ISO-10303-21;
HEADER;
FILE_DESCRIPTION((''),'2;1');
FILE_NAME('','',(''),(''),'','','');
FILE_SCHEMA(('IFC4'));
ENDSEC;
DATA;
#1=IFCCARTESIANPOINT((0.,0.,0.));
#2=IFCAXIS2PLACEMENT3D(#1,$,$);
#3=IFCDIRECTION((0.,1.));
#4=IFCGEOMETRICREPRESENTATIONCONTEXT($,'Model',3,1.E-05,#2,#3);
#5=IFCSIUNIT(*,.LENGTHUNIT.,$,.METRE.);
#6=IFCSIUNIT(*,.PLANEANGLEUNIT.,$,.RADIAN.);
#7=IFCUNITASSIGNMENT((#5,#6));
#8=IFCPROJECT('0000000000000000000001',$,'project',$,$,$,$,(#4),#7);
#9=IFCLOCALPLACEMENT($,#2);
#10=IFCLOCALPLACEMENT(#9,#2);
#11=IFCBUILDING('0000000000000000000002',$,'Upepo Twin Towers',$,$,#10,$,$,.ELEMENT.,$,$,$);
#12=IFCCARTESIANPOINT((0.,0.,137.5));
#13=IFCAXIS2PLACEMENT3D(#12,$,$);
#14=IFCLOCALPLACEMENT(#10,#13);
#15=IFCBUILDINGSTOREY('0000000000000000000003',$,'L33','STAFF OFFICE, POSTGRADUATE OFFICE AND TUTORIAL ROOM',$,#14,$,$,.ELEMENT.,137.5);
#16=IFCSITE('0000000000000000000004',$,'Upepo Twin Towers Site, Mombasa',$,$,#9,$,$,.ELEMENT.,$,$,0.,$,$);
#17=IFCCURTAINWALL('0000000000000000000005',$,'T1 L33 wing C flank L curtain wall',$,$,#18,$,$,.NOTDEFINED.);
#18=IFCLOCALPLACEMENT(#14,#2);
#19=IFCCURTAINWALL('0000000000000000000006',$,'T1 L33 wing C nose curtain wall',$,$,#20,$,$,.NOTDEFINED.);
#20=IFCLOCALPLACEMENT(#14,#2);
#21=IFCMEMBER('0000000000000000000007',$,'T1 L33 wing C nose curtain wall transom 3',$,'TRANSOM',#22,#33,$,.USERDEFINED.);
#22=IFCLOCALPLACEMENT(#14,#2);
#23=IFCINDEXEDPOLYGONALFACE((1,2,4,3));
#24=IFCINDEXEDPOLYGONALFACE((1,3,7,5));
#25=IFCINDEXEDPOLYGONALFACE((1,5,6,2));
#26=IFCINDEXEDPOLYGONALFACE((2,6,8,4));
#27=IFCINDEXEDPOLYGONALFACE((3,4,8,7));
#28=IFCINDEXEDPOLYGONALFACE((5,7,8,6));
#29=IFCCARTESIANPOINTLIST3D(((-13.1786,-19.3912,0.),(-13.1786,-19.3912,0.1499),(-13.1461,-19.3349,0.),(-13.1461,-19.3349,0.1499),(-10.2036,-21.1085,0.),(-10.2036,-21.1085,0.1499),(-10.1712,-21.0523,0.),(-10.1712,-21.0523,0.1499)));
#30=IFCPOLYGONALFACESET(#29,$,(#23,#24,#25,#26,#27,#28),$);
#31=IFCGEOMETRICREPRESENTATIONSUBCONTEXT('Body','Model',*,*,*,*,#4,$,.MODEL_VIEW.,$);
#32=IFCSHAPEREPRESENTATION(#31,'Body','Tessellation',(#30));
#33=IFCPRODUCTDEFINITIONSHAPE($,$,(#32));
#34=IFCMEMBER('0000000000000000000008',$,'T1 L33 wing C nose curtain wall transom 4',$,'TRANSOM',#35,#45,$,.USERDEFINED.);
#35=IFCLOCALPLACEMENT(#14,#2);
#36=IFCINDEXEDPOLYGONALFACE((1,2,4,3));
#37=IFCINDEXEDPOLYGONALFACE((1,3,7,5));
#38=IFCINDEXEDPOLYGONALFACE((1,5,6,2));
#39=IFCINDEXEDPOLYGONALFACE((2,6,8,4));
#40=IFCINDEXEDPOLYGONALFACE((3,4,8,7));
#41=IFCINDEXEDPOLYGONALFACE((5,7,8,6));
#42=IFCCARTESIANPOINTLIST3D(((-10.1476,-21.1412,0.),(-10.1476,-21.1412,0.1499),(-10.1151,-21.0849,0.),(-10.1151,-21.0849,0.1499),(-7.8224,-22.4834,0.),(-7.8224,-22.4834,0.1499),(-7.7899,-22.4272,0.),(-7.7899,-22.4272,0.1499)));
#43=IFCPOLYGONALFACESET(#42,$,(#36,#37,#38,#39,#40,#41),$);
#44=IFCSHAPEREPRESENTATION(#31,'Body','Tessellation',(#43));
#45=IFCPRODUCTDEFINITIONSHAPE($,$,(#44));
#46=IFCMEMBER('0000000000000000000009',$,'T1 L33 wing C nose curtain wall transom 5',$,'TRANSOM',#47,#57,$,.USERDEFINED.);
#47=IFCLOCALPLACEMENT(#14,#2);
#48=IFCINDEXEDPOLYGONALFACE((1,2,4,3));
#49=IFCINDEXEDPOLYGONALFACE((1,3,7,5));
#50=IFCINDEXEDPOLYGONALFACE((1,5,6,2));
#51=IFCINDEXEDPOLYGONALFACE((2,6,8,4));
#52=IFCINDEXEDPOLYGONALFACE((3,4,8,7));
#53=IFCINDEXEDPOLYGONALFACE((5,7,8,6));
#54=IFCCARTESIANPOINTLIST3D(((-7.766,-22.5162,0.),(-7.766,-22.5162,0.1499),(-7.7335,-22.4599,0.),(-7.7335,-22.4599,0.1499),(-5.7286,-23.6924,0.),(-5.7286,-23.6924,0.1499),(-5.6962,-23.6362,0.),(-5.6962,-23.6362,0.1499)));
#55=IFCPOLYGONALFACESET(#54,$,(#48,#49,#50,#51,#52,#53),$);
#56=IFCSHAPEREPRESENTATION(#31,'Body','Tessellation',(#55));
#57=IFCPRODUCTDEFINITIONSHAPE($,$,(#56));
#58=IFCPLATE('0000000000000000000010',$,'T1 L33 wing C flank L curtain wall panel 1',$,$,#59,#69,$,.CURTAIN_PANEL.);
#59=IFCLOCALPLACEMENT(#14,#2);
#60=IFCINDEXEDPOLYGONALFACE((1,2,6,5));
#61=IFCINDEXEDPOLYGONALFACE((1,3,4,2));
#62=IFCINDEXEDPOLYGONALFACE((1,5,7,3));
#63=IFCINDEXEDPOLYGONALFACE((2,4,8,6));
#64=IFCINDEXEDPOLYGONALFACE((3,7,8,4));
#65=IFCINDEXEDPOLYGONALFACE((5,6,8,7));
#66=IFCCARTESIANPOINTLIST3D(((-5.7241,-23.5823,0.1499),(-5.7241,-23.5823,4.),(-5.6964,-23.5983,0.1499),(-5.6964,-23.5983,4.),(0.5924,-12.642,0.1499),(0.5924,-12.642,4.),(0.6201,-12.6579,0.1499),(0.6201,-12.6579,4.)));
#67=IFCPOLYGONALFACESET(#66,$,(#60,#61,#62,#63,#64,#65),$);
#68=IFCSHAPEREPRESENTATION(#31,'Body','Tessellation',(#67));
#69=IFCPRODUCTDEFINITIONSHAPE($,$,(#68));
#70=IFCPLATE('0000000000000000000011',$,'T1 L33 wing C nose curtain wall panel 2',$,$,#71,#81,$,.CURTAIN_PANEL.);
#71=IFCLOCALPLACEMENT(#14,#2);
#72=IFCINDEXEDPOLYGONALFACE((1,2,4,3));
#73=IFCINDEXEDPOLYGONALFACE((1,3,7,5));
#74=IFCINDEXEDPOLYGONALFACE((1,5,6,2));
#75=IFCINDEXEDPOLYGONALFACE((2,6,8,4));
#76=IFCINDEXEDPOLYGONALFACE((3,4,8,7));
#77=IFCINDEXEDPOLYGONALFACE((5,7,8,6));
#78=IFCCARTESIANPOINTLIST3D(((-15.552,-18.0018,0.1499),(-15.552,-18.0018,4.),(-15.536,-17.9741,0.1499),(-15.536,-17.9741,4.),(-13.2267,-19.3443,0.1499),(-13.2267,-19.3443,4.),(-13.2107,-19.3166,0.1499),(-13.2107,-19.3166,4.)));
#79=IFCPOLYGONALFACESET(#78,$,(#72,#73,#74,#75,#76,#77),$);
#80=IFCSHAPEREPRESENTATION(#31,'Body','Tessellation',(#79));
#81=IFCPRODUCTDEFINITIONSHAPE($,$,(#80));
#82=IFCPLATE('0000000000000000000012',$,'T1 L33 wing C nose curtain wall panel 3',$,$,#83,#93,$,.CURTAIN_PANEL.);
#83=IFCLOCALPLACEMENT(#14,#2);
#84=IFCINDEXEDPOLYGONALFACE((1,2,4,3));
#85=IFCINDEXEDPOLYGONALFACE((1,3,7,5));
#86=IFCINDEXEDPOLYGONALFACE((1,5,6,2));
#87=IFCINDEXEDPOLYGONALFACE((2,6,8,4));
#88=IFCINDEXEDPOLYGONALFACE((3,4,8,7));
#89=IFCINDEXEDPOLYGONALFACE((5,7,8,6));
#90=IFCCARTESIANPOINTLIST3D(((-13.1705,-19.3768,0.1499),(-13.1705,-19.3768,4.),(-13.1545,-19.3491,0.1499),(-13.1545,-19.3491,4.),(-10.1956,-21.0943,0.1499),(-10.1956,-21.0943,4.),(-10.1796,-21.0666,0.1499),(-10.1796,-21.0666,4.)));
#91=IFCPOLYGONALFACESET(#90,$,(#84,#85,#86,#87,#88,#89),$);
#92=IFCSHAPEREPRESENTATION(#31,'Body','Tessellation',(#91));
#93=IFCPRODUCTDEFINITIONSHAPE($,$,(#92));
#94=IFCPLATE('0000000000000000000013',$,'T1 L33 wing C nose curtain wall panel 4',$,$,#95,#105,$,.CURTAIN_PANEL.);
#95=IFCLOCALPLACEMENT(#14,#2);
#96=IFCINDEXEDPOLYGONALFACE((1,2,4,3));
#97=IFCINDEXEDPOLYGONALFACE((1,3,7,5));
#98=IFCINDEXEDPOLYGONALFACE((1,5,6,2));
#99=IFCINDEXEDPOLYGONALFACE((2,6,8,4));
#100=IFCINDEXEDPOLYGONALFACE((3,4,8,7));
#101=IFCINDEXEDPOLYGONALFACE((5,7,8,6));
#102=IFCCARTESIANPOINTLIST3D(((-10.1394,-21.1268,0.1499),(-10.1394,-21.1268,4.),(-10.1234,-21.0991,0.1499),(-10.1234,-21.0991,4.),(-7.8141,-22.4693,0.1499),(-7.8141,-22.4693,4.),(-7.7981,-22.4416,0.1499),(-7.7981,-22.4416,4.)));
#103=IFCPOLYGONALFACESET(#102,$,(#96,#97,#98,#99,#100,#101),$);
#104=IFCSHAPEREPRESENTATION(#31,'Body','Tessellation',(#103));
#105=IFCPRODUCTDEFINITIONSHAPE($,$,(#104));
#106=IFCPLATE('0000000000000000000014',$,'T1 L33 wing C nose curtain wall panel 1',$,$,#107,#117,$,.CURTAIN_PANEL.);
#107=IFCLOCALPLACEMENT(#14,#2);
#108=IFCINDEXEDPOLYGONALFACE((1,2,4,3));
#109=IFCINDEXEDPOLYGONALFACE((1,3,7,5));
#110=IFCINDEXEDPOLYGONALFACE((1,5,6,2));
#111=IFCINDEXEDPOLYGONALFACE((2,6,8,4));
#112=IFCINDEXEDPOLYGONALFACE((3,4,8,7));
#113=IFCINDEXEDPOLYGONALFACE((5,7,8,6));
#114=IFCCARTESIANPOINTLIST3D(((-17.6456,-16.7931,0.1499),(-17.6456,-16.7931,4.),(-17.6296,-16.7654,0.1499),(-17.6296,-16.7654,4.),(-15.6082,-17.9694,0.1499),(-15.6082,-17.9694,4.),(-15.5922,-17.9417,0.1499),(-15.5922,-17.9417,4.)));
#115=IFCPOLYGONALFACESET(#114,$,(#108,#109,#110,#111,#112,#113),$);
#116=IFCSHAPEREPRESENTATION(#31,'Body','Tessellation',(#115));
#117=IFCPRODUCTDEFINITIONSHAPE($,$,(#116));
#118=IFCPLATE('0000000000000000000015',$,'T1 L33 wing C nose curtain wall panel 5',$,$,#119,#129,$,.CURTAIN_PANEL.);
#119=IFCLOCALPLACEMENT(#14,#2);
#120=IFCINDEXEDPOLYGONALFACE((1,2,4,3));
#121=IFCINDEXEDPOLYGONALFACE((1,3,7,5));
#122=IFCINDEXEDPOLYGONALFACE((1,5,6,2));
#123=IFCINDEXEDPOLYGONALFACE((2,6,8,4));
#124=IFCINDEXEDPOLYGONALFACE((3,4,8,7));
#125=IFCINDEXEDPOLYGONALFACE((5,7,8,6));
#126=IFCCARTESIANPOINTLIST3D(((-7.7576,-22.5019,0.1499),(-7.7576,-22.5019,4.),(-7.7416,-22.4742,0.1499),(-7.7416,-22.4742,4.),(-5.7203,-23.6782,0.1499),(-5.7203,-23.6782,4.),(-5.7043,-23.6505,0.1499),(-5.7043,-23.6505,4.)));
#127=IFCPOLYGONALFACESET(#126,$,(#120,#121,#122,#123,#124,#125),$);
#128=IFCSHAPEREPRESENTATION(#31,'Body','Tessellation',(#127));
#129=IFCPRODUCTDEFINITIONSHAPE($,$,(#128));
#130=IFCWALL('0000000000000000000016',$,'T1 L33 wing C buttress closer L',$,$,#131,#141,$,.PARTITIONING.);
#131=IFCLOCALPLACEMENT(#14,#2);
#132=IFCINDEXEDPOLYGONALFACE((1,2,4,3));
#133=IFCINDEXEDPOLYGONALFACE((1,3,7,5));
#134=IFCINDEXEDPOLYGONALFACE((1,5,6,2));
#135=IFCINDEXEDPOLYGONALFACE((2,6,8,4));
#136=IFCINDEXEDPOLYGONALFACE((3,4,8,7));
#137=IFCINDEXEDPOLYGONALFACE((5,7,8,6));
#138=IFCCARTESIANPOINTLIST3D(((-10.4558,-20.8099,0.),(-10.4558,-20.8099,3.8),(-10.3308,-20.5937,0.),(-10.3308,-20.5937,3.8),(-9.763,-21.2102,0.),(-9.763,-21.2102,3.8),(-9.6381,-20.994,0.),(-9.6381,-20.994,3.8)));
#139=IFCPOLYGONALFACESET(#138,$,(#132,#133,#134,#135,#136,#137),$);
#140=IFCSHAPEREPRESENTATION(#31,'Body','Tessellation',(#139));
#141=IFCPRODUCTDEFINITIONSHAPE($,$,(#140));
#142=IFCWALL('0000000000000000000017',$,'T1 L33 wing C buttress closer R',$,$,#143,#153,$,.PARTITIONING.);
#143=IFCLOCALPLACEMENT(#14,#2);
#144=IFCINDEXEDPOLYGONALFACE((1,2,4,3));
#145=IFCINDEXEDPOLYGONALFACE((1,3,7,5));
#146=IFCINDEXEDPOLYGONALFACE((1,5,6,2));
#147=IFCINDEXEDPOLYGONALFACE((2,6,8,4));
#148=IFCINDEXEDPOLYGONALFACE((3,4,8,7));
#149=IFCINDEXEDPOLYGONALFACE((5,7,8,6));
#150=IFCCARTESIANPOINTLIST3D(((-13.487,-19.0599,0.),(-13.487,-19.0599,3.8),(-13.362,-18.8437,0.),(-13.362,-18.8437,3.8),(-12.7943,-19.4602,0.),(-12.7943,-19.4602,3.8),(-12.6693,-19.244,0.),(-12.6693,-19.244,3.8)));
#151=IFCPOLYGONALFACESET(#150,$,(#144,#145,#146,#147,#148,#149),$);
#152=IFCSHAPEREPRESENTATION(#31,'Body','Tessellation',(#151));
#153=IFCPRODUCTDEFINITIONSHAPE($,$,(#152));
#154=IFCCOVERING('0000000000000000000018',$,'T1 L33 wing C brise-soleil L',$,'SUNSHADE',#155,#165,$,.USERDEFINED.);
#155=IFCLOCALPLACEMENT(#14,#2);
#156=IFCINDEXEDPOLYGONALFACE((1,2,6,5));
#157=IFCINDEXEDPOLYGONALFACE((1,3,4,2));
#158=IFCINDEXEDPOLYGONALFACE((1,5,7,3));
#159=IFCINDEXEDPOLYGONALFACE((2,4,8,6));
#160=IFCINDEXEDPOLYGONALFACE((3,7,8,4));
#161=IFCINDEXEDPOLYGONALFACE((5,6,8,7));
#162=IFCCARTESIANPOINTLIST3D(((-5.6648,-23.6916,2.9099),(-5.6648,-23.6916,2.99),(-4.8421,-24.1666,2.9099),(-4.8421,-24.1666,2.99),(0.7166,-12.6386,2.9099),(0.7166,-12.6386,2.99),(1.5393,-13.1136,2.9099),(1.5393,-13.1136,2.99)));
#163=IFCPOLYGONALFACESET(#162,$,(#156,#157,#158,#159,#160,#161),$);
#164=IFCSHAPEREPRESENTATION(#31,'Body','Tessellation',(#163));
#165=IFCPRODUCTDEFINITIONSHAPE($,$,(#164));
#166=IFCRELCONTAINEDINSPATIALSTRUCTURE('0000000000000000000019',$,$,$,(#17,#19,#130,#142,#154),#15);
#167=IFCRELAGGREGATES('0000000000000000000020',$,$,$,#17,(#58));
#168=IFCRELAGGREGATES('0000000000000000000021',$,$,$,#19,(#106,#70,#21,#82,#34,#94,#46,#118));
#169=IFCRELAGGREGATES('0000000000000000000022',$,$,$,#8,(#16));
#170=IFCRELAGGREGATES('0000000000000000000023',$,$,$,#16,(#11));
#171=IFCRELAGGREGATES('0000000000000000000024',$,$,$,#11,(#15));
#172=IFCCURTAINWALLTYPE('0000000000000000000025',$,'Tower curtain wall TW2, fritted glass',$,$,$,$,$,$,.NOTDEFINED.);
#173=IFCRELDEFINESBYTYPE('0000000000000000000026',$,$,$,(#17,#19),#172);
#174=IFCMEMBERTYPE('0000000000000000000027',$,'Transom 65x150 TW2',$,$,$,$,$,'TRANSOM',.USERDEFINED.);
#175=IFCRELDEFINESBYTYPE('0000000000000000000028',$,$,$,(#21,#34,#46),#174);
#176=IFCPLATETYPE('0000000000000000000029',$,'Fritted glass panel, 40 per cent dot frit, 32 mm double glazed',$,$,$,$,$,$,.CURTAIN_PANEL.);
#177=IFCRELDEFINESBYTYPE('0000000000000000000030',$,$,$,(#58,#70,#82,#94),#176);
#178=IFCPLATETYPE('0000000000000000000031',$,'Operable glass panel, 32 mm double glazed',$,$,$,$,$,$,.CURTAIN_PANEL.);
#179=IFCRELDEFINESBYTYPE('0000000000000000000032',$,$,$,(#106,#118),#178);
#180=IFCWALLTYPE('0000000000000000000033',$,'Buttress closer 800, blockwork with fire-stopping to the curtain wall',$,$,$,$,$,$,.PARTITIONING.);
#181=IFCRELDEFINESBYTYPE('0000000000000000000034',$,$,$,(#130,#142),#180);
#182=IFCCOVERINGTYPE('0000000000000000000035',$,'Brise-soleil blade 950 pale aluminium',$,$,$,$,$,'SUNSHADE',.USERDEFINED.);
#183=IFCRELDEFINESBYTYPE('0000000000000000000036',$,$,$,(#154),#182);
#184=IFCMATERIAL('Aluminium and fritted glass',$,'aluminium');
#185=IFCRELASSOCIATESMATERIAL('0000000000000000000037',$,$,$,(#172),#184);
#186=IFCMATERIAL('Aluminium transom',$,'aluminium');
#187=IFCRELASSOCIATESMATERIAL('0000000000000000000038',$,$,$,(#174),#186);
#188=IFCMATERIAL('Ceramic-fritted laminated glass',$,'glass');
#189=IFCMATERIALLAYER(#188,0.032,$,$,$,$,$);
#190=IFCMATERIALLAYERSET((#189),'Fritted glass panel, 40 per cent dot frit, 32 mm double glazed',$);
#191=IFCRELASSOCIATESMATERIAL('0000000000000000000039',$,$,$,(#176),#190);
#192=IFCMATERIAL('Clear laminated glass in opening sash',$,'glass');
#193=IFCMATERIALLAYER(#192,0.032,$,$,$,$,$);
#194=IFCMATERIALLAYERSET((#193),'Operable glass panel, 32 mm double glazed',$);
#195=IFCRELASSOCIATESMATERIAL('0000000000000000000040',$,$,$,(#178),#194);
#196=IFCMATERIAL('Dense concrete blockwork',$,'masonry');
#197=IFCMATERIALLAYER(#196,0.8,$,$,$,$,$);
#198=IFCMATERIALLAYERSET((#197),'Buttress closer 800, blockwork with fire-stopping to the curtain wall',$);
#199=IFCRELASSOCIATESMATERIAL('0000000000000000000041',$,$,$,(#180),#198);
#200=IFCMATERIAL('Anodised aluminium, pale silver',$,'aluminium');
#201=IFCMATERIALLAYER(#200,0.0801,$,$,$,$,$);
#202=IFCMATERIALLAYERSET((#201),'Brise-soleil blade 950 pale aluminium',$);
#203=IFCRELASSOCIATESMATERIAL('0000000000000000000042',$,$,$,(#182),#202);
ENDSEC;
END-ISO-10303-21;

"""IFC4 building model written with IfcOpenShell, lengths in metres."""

from ifc_helpers import new_model, si_unit, direction, frame, frame_2d, origin, origin_2d, place, context, subcontext, project, spatial, rectangle, extrude, material, layer, layer_set, material_profile, profile_set, type_object, element, aggregate, save


model = new_model("IFC4")

# Units and contexts
model_context = context("Model", 3, precision=1e-05, world=origin(), true_north=direction((0.0, 1.0)))
body_context = subcontext(model_context, "Body", "Model", "MODEL_VIEW")
ifc_project = project(units=[si_unit("LENGTHUNIT", "METRE"), si_unit("PLANEANGLEUNIT", "RADIAN")], contexts=[model_context])

# Site, building, storey
site_placement = place(None, origin())
site = spatial("IfcSite", under=ifc_project, at=site_placement, Name="Upepo Twin Towers Site, Mombasa", CompositionType="ELEMENT", RefElevation=0.0)
building_placement = place(site_placement, origin())
building = spatial("IfcBuilding", under=site, at=building_placement, Name="Upepo Twin Towers", CompositionType="ELEMENT")
storey_placement = place(building_placement, frame((0.0, 0.0, 137.5)))
storey = spatial("IfcBuildingStorey", under=building, at=storey_placement, Name="L33", Description="STAFF OFFICE, POSTGRADUATE OFFICE AND TUTORIAL ROOM", CompositionType="ELEMENT", Elevation=137.5)

# Curtain wall
ifc_material_1 = material(Name="Aluminium and fritted glass", Category="aluminium")
curtain_wall_type = type_object("IfcCurtainWallType", Name="Tower curtain wall TW2, fritted glass", PredefinedType="NOTDEFINED", material=ifc_material_1)
curtain_wall_1_placement = place(storey_placement, origin())
curtain_wall_1 = element("IfcCurtainWall", 1, at=curtain_wall_1_placement, inside=storey, type_object=curtain_wall_type, Name="T1 L33 wing C flank L curtain wall", PredefinedType="NOTDEFINED")

# Curtain wall
curtain_wall_2_placement = place(storey_placement, origin())
curtain_wall_2 = element("IfcCurtainWall", 2, at=curtain_wall_2_placement, inside=storey, type_object=curtain_wall_type, Name="T1 L33 wing C nose curtain wall", PredefinedType="NOTDEFINED")

# Members
ifc_material_2 = material(Name="Aluminium transom", Category="aluminium")
ifc_material_profile_1 = material_profile(ifc_material_2, rectangle(XDim=0.0649, YDim=0.1499, at=origin_2d()), Name="TRANSOM 65x150")
ifc_profile_set_1 = profile_set([ifc_material_profile_1], Name="Aluminium transom")
member_type_1 = type_object("IfcMemberType", Name="Transom 65x150 TW2", ElementType="TRANSOM", PredefinedType="USERDEFINED", material=ifc_profile_set_1)
member_1_placement = place(storey_placement, frame((-13.1624, -19.363, 0.075), z_axis=(0.866057, -0.499946, 0.0), x_axis=(0.499946, 0.866057, 0.0)))
member_1 = element("IfcMember", 3, at=member_1_placement, type_object=member_type_1, Name="T1 L33 wing C nose curtain wall transom 3", ObjectType="TRANSOM", PredefinedType="USERDEFINED", context=body_context, shape_type="SweptSolid", body=[
    extrude(rectangle(XDim=0.0649, YDim=0.1499, at=origin_2d()), origin(), (0.0, 0.0, 1.0), 3.4351),
])
member_2_placement = place(storey_placement, frame((-10.1313, -21.113, 0.075), z_axis=(0.866052, -0.499953, 0.0), x_axis=(0.499953, 0.866052, 0.0)))
member_2 = element("IfcMember", 4, at=member_2_placement, type_object=member_type_1, Name="T1 L33 wing C nose curtain wall transom 4", ObjectType="TRANSOM", PredefinedType="USERDEFINED", context=body_context, shape_type="SweptSolid", body=[
    extrude(rectangle(XDim=0.0649, YDim=0.1499, at=origin_2d()), origin(), (0.0, 0.0, 1.0), 2.6848),
])
member_3_placement = place(storey_placement, frame((-7.7498, -22.488, 0.075), z_axis=(0.866025, -0.500001, 0.0), x_axis=(0.500001, 0.866025, 0.0)))
member_3 = element("IfcMember", 5, at=member_3_placement, type_object=member_type_1, Name="T1 L33 wing C nose curtain wall transom 5", ObjectType="TRANSOM", PredefinedType="USERDEFINED", context=body_context, shape_type="SweptSolid", body=[
    extrude(rectangle(XDim=0.0649, YDim=0.1499, at=origin_2d()), origin(), (0.0, 0.0, 1.0), 2.3525),
])

# Plates
ifc_material_3 = material(Name="Ceramic-fritted laminated glass", Category="glass")
ifc_layer_1 = layer(ifc_material_3, 0.032)
ifc_layer_set_1 = layer_set([ifc_layer_1], Name="Fritted glass panel, 40 per cent dot frit, 32 mm double glazed")
plate_type_1 = type_object("IfcPlateType", Name="Fritted glass panel, 40 per cent dot frit, 32 mm double glazed", PredefinedType="CURTAIN_PANEL", material=ifc_layer_set_1)
plate_1_placement = place(storey_placement, frame((-2.552, -18.1201, 0.1499), z_axis=(0.0, 0.0, 1.0), x_axis=(-0.5, -0.866025, 0.0)))
plate_1 = element("IfcPlate", 6, at=plate_1_placement, type_object=plate_type_1, Name="T1 L33 wing C flank L curtain wall panel 1", PredefinedType="CURTAIN_PANEL", context=body_context, shape_type="SweptSolid", body=[
    extrude(rectangle(XDim=12.6328, YDim=0.032, at=origin_2d()), origin(), (0.0, 0.0, 1.0), 3.8501),
])
aggregate(curtain_wall_1, [plate_1])
plate_2_placement = place(storey_placement, frame((-14.3813, -18.6592, 0.1499), z_axis=(0.0, 0.0, 1.0), x_axis=(0.866025, -0.5, 0.0)))
plate_2 = element("IfcPlate", 7, at=plate_2_placement, type_object=plate_type_1, Name="T1 L33 wing C nose curtain wall panel 2", PredefinedType="CURTAIN_PANEL", context=body_context, shape_type="SweptSolid", body=[
    extrude(rectangle(XDim=2.6851, YDim=0.032, at=origin_2d()), origin(), (0.0, 0.0, 1.0), 3.8501),
])
plate_3_placement = place(storey_placement, frame((-11.675, -20.2217, 0.1499), z_axis=(0.0, 0.0, 1.0), x_axis=(0.866025, -0.5, 0.0)))
plate_3 = element("IfcPlate", 8, at=plate_3_placement, type_object=plate_type_1, Name="T1 L33 wing C nose curtain wall panel 3", PredefinedType="CURTAIN_PANEL", context=body_context, shape_type="SweptSolid", body=[
    extrude(rectangle(XDim=3.4351, YDim=0.032, at=origin_2d()), origin(), (0.0, 0.0, 1.0), 3.8501),
])
plate_4_placement = place(storey_placement, frame((-8.9688, -21.7842, 0.1499), z_axis=(0.0, 0.0, 1.0), x_axis=(0.866025, -0.5, 0.0)))
plate_4 = element("IfcPlate", 9, at=plate_4_placement, type_object=plate_type_1, Name="T1 L33 wing C nose curtain wall panel 4", PredefinedType="CURTAIN_PANEL", context=body_context, shape_type="SweptSolid", body=[
    extrude(rectangle(XDim=2.6851, YDim=0.032, at=origin_2d()), origin(), (0.0, 0.0, 1.0), 3.8501),
])
ifc_material_4 = material(Name="Clear laminated glass in opening sash", Category="glass")
ifc_layer_2 = layer(ifc_material_4, 0.032)
ifc_layer_set_2 = layer_set([ifc_layer_2], Name="Operable glass panel, 32 mm double glazed")
plate_type_2 = type_object("IfcPlateType", Name="Operable glass panel, 32 mm double glazed", PredefinedType="CURTAIN_PANEL", material=ifc_layer_set_2)
plate_5_placement = place(storey_placement, frame((-16.6189, -17.3674, 0.1499), z_axis=(0.0, 0.0, 1.0), x_axis=(0.866025, -0.5, 0.0)))
plate_5 = element("IfcPlate", 10, at=plate_5_placement, type_object=plate_type_2, Name="T1 L33 wing C nose curtain wall panel 1", PredefinedType="CURTAIN_PANEL", context=body_context, shape_type="SweptSolid", body=[
    extrude(rectangle(XDim=2.3525, YDim=0.032, at=origin_2d()), origin(), (0.0, 0.0, 1.0), 3.8501),
])
plate_6_placement = place(storey_placement, frame((-6.731, -23.0762, 0.1499), z_axis=(0.0, 0.0, 1.0), x_axis=(0.866025, -0.5, 0.0)))
plate_6 = element("IfcPlate", 11, at=plate_6_placement, type_object=plate_type_2, Name="T1 L33 wing C nose curtain wall panel 5", PredefinedType="CURTAIN_PANEL", context=body_context, shape_type="SweptSolid", body=[
    extrude(rectangle(XDim=2.3525, YDim=0.032, at=origin_2d()), origin(), (0.0, 0.0, 1.0), 3.8501),
])
aggregate(curtain_wall_2, [plate_5, plate_2, member_1, plate_3, member_2, plate_4, member_3, plate_6])

# Walls
ifc_material_5 = material(Name="Dense concrete blockwork", Category="masonry")
ifc_layer_3 = layer(ifc_material_5, 0.8)
ifc_layer_set_3 = layer_set([ifc_layer_3], Name="Buttress closer 800, blockwork with fire-stopping to the curtain wall")
wall_type = type_object("IfcWallType", Name="Buttress closer 800, blockwork with fire-stopping to the curtain wall", PredefinedType="PARTITIONING", material=ifc_layer_set_3)
for number, where, z_axis, x_axis, name in (
    (12, (-9.9844, -20.7937, 0.0), (0.0, 0.0, 1.0), (-0.500343, -0.865827, 0.0), "T1 L33 wing C buttress closer L"),
    (13, (-13.0156, -19.0437, 0.0), (0.0, 0.0, 1.0), (-0.500343, -0.865827, 0.0), "T1 L33 wing C buttress closer R"),
):
    element("IfcWall", number, at=place(storey_placement, frame(where, z_axis=z_axis, x_axis=x_axis)), inside=storey, type_object=wall_type, Name=name, PredefinedType="PARTITIONING", context=body_context, shape_type="SweptSolid", body=[
        extrude(rectangle(XDim=0.2498, YDim=0.8, at=frame_2d((0.125, 0.0))), origin(), (0.0, 0.0, 1.0), 3.8),
    ])

# Covering
ifc_material_6 = material(Name="Anodised aluminium, pale silver", Category="aluminium")
ifc_layer_4 = layer(ifc_material_6, 0.0801)
ifc_layer_set_4 = layer_set([ifc_layer_4], Name="Brise-soleil blade 950 pale aluminium")
covering_type = type_object("IfcCoveringType", Name="Brise-soleil blade 950 pale aluminium", ElementType="SUNSHADE", PredefinedType="USERDEFINED", material=ifc_layer_set_4)
covering_placement = place(storey_placement, frame((-2.0627, -18.4026, 2.9099), z_axis=(0.0, 0.0, 1.0), x_axis=(-0.5, -0.866025, 0.0)))
element("IfcCovering", 14, at=covering_placement, inside=storey, type_object=covering_type, Name="T1 L33 wing C brise-soleil L", ObjectType="SUNSHADE", PredefinedType="USERDEFINED", context=body_context, shape_type="SweptSolid", body=[
    extrude(rectangle(XDim=12.7629, YDim=0.95, at=origin_2d()), origin(), (0.0, 0.0, 1.0), 0.0801),
])

save(model, "model.ifc")
